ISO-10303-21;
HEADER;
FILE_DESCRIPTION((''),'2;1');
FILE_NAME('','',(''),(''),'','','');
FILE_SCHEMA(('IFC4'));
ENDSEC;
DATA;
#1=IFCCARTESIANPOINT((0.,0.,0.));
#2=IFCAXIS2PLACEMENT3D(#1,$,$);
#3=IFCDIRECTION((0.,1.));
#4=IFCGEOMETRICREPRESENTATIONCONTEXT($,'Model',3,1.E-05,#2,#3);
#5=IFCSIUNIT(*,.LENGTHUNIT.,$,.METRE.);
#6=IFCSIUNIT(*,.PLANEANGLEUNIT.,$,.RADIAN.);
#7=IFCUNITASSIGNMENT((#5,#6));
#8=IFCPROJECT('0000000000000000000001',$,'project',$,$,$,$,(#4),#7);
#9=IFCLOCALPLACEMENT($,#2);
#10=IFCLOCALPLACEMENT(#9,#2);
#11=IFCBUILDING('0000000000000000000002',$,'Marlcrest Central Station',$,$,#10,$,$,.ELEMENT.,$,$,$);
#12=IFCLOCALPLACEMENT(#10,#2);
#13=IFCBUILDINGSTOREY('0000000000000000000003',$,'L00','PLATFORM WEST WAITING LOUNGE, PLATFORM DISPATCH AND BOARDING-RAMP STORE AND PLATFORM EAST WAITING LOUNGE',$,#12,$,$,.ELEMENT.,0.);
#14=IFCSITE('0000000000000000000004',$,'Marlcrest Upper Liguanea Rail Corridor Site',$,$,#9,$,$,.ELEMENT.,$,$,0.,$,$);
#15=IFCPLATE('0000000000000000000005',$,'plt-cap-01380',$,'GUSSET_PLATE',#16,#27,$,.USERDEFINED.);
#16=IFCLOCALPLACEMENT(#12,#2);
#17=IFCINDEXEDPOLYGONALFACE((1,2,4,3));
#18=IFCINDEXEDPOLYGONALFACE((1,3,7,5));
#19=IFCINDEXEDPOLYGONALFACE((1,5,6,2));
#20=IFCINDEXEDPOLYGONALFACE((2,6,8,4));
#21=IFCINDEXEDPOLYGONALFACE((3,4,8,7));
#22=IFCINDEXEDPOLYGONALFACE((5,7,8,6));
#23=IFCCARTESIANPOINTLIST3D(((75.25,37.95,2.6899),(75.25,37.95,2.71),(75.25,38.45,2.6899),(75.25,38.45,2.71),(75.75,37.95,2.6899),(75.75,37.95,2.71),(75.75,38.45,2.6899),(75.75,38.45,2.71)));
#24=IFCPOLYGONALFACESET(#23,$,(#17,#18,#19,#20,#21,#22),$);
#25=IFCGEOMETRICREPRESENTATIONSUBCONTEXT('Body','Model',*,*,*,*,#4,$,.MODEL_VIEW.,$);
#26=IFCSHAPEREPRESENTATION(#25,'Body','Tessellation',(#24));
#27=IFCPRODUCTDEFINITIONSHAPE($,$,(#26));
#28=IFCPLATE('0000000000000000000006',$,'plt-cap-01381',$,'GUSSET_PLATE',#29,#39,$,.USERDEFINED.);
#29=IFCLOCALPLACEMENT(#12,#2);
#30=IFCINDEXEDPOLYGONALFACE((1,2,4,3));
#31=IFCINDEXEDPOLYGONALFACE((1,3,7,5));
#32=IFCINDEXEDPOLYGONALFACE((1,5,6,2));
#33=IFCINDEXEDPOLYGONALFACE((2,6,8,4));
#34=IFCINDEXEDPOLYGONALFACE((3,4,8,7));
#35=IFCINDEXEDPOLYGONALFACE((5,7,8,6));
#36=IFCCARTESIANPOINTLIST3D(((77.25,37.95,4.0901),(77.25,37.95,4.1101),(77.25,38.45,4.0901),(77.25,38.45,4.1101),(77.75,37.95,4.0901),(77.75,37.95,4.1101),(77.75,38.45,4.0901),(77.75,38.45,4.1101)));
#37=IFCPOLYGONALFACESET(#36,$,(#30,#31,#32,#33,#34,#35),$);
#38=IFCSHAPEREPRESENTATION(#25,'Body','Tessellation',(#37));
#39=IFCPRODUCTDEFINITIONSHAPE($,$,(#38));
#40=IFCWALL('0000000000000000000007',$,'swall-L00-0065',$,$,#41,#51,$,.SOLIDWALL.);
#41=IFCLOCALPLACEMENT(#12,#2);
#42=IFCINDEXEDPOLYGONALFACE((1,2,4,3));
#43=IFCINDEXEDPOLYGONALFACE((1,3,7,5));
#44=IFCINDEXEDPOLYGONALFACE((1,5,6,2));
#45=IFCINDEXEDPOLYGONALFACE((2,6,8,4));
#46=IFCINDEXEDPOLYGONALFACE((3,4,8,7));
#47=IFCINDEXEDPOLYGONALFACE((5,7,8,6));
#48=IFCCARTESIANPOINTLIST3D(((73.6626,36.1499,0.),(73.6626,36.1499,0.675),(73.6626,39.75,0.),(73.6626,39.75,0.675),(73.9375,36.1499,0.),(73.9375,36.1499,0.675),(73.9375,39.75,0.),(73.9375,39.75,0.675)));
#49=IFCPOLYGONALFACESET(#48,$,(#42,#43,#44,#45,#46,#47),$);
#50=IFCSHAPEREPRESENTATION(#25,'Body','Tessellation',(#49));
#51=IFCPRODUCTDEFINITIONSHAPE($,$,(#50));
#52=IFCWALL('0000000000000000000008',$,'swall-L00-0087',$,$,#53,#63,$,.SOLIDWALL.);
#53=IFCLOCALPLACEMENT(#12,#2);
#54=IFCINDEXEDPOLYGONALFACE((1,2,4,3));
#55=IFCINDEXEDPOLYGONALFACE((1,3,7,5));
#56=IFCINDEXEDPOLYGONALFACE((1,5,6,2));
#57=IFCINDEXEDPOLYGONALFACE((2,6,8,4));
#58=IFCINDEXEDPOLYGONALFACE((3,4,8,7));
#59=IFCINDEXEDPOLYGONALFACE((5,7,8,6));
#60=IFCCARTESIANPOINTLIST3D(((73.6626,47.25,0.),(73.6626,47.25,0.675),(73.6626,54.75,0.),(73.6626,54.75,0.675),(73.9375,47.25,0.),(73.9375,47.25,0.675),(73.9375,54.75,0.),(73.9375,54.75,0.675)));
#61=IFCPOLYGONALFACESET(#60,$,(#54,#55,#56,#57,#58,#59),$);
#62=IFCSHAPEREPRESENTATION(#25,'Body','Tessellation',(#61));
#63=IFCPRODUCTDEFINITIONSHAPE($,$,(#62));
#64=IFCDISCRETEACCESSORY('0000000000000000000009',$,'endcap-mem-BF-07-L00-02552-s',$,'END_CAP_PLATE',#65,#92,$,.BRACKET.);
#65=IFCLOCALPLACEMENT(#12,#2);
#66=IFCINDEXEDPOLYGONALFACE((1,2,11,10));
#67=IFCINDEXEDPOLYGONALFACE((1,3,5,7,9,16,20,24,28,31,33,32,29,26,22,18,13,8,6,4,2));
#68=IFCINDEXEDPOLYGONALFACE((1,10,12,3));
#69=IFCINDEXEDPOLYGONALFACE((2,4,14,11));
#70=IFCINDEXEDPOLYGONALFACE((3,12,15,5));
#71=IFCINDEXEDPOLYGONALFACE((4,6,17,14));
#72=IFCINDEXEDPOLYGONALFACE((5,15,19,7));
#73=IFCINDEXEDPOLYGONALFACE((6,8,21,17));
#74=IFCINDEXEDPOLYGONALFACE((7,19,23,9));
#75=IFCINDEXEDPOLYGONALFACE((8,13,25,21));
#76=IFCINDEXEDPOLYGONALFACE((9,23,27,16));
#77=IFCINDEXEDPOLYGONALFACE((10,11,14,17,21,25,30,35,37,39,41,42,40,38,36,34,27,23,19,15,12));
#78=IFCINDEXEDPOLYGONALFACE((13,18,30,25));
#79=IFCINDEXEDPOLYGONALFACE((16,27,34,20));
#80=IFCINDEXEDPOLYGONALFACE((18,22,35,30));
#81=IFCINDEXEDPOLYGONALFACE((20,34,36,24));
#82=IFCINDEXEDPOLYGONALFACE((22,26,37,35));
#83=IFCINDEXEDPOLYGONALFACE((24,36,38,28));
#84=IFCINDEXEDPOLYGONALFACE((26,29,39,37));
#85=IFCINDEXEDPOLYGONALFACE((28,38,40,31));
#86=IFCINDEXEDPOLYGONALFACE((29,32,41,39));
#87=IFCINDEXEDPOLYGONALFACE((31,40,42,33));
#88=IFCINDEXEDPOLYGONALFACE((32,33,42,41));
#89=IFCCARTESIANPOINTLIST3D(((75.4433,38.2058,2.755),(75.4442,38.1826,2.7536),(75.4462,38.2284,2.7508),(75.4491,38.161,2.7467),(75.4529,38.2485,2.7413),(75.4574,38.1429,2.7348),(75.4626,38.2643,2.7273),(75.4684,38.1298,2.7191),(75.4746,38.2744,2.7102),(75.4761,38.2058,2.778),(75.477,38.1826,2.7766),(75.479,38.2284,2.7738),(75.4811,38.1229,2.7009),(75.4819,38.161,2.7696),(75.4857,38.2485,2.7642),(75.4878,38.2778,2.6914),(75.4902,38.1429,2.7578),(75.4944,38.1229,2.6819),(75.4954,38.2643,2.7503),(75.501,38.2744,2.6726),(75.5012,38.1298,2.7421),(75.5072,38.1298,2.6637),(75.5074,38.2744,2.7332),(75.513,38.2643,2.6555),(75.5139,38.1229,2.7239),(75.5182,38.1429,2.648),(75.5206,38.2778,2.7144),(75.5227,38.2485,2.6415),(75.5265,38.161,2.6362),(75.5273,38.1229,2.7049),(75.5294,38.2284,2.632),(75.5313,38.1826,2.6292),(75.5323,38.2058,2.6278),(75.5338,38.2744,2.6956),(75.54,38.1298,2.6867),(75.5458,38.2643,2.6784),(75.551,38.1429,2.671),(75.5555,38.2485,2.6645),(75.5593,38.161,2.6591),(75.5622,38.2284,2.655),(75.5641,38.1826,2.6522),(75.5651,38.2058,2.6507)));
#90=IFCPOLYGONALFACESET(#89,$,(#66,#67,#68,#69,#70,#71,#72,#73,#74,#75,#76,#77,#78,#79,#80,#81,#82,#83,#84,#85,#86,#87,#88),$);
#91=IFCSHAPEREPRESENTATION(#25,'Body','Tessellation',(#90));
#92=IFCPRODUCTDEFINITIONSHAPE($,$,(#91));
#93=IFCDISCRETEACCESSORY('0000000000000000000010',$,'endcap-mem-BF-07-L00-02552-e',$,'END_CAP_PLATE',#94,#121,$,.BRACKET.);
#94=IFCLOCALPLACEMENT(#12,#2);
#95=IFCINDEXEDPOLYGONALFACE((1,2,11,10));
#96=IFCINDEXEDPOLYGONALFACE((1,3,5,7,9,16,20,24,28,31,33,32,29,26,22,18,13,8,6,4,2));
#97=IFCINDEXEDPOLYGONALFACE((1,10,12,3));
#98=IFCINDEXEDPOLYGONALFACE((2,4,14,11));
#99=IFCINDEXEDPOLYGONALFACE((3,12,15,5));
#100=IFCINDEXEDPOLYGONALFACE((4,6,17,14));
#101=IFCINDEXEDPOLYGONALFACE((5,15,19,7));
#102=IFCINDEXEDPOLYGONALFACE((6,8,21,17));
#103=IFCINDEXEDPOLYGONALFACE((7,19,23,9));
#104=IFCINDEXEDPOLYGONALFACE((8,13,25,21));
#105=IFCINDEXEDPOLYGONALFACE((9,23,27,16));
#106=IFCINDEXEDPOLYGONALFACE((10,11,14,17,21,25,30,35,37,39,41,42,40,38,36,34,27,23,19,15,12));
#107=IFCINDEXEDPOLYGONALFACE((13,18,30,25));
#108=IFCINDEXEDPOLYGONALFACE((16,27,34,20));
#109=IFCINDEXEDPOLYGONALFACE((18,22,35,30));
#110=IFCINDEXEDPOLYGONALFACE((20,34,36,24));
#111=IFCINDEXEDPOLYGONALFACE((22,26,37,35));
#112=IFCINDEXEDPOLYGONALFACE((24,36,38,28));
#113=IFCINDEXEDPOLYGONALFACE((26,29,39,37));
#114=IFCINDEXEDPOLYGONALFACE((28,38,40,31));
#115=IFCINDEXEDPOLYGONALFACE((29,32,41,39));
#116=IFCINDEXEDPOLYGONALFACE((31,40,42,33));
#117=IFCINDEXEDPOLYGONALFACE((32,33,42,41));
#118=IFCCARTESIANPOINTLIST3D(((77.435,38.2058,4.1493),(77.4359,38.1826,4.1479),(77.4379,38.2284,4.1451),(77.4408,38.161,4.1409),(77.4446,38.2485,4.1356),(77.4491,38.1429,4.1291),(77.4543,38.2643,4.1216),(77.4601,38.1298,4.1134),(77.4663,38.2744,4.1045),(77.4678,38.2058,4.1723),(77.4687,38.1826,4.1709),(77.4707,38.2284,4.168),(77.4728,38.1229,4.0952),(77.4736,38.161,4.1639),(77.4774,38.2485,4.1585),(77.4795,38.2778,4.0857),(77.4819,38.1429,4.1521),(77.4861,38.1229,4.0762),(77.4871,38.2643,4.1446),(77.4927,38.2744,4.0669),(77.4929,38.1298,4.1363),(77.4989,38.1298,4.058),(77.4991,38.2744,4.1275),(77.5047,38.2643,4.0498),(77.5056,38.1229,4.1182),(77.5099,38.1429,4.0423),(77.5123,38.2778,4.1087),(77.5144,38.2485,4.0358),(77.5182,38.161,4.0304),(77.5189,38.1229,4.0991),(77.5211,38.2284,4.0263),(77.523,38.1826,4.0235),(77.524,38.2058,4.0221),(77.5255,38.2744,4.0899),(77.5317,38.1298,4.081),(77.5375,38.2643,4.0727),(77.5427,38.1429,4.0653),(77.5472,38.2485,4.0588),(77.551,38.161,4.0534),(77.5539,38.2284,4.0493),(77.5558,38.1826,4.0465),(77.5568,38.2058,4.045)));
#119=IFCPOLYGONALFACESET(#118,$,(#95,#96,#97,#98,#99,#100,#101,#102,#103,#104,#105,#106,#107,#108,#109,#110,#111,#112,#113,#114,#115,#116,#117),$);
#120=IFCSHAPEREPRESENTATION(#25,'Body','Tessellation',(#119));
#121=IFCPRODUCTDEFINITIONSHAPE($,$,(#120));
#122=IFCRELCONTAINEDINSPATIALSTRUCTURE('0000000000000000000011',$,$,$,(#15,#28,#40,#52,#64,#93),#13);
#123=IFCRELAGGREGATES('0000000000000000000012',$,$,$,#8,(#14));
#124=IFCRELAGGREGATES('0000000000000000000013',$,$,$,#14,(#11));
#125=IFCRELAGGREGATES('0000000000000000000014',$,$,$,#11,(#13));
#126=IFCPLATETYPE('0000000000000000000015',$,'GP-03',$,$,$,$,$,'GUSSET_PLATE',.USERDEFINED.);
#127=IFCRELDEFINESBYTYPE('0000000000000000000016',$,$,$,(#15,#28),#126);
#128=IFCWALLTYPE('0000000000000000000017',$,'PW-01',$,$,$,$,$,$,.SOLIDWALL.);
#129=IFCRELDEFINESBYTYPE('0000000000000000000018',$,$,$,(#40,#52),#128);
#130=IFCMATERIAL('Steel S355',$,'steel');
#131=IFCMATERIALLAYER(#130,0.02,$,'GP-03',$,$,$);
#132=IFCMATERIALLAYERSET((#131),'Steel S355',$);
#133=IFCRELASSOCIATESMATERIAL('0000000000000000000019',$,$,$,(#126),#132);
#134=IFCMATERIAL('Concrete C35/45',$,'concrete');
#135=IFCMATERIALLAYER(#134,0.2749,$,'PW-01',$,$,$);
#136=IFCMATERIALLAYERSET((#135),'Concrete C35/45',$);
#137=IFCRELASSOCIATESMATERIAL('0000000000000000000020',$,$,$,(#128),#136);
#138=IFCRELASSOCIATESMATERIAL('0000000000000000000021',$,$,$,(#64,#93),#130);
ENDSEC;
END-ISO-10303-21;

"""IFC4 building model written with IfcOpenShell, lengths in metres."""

from ifc_helpers import new_model, si_unit, direction, frame, frame_2d, origin, origin_2d, place, context, subcontext, project, spatial, rectangle, circle, extrude, material, layer, layer_set, type_object, element, save


model = new_model("IFC4")

# Units and contexts
model_context = context("Model", 3, precision=1e-05, world=origin(), true_north=direction((0.0, 1.0)))
body_context = subcontext(model_context, "Body", "Model", "MODEL_VIEW")
ifc_project = project(units=[si_unit("LENGTHUNIT", "METRE"), si_unit("PLANEANGLEUNIT", "RADIAN")], contexts=[model_context])

# Site, building, storey
site_placement = place(None, origin())
site = spatial("IfcSite", under=ifc_project, at=site_placement, Name="Marlcrest Upper Liguanea Rail Corridor Site", CompositionType="ELEMENT", RefElevation=0.0)
building_placement = place(site_placement, origin())
building = spatial("IfcBuilding", under=site, at=building_placement, Name="Marlcrest Central Station", CompositionType="ELEMENT")
storey_placement = place(building_placement, origin())
storey = spatial("IfcBuildingStorey", under=building, at=storey_placement, Name="L00", Description="PLATFORM WEST WAITING LOUNGE, PLATFORM DISPATCH AND BOARDING-RAMP STORE AND PLATFORM EAST WAITING LOUNGE", CompositionType="ELEMENT", Elevation=0.0)

# Shared definitions
ifc_material_1 = material(Name="Concrete C35/45", Category="concrete")

# Shared definitions
ifc_material_2 = material(Name="Steel S355", Category="steel")

# Plates
ifc_layer_1 = layer(ifc_material_2, 0.02, Name="GP-03")
ifc_layer_set_1 = layer_set([ifc_layer_1], Name="Steel S355")
plate_type = type_object("IfcPlateType", Name="GP-03", ElementType="GUSSET_PLATE", PredefinedType="USERDEFINED", material=ifc_layer_set_1)
for number, where, z_axis, x_axis, name in (
    (1, (75.5, 38.2, 2.6899), (0.0, 0.0, 1.0), (1.0, 0.0, 0.0), "plt-cap-01380"),
    (2, (77.5, 38.2, 4.0901), (0.0, 0.0, 1.0), (1.0, 0.0, 0.0), "plt-cap-01381"),
):
    element("IfcPlate", number, at=place(storey_placement, frame(where, z_axis=z_axis, x_axis=x_axis)), inside=storey, type_object=plate_type, Name=name, ObjectType="GUSSET_PLATE", PredefinedType="USERDEFINED", context=body_context, shape_type="SweptSolid", body=[
        extrude(rectangle(XDim=0.5, YDim=0.5, at=origin_2d()), origin(), (0.0, 0.0, 1.0), 0.02),
    ])

# Walls
ifc_layer_2 = layer(ifc_material_1, 0.2749, Name="PW-01")
ifc_layer_set_2 = layer_set([ifc_layer_2], Name="Concrete C35/45")
wall_type = type_object("IfcWallType", Name="PW-01", PredefinedType="SOLIDWALL", material=ifc_layer_set_2)
wall_1_placement = place(storey_placement, frame((73.8, 36.1499, 0.0), z_axis=(0.0, 0.0, 1.0), x_axis=(0.0, 1.0, 0.0)))
element("IfcWall", 3, at=wall_1_placement, inside=storey, type_object=wall_type, Name="swall-L00-0065", PredefinedType="SOLIDWALL", context=body_context, shape_type="SweptSolid", body=[
    extrude(rectangle(XDim=3.6001, YDim=0.2749, at=frame_2d((1.8, 0.0))), origin(), (0.0, 0.0, 1.0), 0.675),
])
wall_2_placement = place(storey_placement, frame((73.8, 47.25, 0.0), z_axis=(0.0, 0.0, 1.0), x_axis=(0.0, 1.0, 0.0)))
element("IfcWall", 4, at=wall_2_placement, inside=storey, type_object=wall_type, Name="swall-L00-0087", PredefinedType="SOLIDWALL", context=body_context, shape_type="SweptSolid", body=[
    extrude(rectangle(XDim=7.5, YDim=0.2749, at=frame_2d((3.75, 0.0))), origin(), (0.0, 0.0, 1.0), 0.675),
])

# Discrete accessories
for number, where, z_axis, x_axis, name in (
    (5, (75.4878, 38.2, 2.6914), (0.819204, 0.0, 0.573503), (0.0, 1.0, 0.0), "endcap-mem-BF-07-L00-02552-s"),
    (6, (77.4795, 38.2, 4.0857), (0.819204, 0.0, 0.573503), (0.0, 1.0, 0.0), "endcap-mem-BF-07-L00-02552-e"),
):
    element("IfcDiscreteAccessory", number, at=place(storey_placement, frame(where, z_axis=z_axis, x_axis=x_axis)), inside=storey, material=ifc_material_2, Name=name, ObjectType="END_CAP_PLATE", PredefinedType="BRACKET", context=body_context, shape_type="SweptSolid", body=[
        extrude(circle(Radius=0.0779, at=origin_2d()), origin(), (0.0, 0.0, 1.0), 0.04),
    ])

save(model, "model.ifc")
